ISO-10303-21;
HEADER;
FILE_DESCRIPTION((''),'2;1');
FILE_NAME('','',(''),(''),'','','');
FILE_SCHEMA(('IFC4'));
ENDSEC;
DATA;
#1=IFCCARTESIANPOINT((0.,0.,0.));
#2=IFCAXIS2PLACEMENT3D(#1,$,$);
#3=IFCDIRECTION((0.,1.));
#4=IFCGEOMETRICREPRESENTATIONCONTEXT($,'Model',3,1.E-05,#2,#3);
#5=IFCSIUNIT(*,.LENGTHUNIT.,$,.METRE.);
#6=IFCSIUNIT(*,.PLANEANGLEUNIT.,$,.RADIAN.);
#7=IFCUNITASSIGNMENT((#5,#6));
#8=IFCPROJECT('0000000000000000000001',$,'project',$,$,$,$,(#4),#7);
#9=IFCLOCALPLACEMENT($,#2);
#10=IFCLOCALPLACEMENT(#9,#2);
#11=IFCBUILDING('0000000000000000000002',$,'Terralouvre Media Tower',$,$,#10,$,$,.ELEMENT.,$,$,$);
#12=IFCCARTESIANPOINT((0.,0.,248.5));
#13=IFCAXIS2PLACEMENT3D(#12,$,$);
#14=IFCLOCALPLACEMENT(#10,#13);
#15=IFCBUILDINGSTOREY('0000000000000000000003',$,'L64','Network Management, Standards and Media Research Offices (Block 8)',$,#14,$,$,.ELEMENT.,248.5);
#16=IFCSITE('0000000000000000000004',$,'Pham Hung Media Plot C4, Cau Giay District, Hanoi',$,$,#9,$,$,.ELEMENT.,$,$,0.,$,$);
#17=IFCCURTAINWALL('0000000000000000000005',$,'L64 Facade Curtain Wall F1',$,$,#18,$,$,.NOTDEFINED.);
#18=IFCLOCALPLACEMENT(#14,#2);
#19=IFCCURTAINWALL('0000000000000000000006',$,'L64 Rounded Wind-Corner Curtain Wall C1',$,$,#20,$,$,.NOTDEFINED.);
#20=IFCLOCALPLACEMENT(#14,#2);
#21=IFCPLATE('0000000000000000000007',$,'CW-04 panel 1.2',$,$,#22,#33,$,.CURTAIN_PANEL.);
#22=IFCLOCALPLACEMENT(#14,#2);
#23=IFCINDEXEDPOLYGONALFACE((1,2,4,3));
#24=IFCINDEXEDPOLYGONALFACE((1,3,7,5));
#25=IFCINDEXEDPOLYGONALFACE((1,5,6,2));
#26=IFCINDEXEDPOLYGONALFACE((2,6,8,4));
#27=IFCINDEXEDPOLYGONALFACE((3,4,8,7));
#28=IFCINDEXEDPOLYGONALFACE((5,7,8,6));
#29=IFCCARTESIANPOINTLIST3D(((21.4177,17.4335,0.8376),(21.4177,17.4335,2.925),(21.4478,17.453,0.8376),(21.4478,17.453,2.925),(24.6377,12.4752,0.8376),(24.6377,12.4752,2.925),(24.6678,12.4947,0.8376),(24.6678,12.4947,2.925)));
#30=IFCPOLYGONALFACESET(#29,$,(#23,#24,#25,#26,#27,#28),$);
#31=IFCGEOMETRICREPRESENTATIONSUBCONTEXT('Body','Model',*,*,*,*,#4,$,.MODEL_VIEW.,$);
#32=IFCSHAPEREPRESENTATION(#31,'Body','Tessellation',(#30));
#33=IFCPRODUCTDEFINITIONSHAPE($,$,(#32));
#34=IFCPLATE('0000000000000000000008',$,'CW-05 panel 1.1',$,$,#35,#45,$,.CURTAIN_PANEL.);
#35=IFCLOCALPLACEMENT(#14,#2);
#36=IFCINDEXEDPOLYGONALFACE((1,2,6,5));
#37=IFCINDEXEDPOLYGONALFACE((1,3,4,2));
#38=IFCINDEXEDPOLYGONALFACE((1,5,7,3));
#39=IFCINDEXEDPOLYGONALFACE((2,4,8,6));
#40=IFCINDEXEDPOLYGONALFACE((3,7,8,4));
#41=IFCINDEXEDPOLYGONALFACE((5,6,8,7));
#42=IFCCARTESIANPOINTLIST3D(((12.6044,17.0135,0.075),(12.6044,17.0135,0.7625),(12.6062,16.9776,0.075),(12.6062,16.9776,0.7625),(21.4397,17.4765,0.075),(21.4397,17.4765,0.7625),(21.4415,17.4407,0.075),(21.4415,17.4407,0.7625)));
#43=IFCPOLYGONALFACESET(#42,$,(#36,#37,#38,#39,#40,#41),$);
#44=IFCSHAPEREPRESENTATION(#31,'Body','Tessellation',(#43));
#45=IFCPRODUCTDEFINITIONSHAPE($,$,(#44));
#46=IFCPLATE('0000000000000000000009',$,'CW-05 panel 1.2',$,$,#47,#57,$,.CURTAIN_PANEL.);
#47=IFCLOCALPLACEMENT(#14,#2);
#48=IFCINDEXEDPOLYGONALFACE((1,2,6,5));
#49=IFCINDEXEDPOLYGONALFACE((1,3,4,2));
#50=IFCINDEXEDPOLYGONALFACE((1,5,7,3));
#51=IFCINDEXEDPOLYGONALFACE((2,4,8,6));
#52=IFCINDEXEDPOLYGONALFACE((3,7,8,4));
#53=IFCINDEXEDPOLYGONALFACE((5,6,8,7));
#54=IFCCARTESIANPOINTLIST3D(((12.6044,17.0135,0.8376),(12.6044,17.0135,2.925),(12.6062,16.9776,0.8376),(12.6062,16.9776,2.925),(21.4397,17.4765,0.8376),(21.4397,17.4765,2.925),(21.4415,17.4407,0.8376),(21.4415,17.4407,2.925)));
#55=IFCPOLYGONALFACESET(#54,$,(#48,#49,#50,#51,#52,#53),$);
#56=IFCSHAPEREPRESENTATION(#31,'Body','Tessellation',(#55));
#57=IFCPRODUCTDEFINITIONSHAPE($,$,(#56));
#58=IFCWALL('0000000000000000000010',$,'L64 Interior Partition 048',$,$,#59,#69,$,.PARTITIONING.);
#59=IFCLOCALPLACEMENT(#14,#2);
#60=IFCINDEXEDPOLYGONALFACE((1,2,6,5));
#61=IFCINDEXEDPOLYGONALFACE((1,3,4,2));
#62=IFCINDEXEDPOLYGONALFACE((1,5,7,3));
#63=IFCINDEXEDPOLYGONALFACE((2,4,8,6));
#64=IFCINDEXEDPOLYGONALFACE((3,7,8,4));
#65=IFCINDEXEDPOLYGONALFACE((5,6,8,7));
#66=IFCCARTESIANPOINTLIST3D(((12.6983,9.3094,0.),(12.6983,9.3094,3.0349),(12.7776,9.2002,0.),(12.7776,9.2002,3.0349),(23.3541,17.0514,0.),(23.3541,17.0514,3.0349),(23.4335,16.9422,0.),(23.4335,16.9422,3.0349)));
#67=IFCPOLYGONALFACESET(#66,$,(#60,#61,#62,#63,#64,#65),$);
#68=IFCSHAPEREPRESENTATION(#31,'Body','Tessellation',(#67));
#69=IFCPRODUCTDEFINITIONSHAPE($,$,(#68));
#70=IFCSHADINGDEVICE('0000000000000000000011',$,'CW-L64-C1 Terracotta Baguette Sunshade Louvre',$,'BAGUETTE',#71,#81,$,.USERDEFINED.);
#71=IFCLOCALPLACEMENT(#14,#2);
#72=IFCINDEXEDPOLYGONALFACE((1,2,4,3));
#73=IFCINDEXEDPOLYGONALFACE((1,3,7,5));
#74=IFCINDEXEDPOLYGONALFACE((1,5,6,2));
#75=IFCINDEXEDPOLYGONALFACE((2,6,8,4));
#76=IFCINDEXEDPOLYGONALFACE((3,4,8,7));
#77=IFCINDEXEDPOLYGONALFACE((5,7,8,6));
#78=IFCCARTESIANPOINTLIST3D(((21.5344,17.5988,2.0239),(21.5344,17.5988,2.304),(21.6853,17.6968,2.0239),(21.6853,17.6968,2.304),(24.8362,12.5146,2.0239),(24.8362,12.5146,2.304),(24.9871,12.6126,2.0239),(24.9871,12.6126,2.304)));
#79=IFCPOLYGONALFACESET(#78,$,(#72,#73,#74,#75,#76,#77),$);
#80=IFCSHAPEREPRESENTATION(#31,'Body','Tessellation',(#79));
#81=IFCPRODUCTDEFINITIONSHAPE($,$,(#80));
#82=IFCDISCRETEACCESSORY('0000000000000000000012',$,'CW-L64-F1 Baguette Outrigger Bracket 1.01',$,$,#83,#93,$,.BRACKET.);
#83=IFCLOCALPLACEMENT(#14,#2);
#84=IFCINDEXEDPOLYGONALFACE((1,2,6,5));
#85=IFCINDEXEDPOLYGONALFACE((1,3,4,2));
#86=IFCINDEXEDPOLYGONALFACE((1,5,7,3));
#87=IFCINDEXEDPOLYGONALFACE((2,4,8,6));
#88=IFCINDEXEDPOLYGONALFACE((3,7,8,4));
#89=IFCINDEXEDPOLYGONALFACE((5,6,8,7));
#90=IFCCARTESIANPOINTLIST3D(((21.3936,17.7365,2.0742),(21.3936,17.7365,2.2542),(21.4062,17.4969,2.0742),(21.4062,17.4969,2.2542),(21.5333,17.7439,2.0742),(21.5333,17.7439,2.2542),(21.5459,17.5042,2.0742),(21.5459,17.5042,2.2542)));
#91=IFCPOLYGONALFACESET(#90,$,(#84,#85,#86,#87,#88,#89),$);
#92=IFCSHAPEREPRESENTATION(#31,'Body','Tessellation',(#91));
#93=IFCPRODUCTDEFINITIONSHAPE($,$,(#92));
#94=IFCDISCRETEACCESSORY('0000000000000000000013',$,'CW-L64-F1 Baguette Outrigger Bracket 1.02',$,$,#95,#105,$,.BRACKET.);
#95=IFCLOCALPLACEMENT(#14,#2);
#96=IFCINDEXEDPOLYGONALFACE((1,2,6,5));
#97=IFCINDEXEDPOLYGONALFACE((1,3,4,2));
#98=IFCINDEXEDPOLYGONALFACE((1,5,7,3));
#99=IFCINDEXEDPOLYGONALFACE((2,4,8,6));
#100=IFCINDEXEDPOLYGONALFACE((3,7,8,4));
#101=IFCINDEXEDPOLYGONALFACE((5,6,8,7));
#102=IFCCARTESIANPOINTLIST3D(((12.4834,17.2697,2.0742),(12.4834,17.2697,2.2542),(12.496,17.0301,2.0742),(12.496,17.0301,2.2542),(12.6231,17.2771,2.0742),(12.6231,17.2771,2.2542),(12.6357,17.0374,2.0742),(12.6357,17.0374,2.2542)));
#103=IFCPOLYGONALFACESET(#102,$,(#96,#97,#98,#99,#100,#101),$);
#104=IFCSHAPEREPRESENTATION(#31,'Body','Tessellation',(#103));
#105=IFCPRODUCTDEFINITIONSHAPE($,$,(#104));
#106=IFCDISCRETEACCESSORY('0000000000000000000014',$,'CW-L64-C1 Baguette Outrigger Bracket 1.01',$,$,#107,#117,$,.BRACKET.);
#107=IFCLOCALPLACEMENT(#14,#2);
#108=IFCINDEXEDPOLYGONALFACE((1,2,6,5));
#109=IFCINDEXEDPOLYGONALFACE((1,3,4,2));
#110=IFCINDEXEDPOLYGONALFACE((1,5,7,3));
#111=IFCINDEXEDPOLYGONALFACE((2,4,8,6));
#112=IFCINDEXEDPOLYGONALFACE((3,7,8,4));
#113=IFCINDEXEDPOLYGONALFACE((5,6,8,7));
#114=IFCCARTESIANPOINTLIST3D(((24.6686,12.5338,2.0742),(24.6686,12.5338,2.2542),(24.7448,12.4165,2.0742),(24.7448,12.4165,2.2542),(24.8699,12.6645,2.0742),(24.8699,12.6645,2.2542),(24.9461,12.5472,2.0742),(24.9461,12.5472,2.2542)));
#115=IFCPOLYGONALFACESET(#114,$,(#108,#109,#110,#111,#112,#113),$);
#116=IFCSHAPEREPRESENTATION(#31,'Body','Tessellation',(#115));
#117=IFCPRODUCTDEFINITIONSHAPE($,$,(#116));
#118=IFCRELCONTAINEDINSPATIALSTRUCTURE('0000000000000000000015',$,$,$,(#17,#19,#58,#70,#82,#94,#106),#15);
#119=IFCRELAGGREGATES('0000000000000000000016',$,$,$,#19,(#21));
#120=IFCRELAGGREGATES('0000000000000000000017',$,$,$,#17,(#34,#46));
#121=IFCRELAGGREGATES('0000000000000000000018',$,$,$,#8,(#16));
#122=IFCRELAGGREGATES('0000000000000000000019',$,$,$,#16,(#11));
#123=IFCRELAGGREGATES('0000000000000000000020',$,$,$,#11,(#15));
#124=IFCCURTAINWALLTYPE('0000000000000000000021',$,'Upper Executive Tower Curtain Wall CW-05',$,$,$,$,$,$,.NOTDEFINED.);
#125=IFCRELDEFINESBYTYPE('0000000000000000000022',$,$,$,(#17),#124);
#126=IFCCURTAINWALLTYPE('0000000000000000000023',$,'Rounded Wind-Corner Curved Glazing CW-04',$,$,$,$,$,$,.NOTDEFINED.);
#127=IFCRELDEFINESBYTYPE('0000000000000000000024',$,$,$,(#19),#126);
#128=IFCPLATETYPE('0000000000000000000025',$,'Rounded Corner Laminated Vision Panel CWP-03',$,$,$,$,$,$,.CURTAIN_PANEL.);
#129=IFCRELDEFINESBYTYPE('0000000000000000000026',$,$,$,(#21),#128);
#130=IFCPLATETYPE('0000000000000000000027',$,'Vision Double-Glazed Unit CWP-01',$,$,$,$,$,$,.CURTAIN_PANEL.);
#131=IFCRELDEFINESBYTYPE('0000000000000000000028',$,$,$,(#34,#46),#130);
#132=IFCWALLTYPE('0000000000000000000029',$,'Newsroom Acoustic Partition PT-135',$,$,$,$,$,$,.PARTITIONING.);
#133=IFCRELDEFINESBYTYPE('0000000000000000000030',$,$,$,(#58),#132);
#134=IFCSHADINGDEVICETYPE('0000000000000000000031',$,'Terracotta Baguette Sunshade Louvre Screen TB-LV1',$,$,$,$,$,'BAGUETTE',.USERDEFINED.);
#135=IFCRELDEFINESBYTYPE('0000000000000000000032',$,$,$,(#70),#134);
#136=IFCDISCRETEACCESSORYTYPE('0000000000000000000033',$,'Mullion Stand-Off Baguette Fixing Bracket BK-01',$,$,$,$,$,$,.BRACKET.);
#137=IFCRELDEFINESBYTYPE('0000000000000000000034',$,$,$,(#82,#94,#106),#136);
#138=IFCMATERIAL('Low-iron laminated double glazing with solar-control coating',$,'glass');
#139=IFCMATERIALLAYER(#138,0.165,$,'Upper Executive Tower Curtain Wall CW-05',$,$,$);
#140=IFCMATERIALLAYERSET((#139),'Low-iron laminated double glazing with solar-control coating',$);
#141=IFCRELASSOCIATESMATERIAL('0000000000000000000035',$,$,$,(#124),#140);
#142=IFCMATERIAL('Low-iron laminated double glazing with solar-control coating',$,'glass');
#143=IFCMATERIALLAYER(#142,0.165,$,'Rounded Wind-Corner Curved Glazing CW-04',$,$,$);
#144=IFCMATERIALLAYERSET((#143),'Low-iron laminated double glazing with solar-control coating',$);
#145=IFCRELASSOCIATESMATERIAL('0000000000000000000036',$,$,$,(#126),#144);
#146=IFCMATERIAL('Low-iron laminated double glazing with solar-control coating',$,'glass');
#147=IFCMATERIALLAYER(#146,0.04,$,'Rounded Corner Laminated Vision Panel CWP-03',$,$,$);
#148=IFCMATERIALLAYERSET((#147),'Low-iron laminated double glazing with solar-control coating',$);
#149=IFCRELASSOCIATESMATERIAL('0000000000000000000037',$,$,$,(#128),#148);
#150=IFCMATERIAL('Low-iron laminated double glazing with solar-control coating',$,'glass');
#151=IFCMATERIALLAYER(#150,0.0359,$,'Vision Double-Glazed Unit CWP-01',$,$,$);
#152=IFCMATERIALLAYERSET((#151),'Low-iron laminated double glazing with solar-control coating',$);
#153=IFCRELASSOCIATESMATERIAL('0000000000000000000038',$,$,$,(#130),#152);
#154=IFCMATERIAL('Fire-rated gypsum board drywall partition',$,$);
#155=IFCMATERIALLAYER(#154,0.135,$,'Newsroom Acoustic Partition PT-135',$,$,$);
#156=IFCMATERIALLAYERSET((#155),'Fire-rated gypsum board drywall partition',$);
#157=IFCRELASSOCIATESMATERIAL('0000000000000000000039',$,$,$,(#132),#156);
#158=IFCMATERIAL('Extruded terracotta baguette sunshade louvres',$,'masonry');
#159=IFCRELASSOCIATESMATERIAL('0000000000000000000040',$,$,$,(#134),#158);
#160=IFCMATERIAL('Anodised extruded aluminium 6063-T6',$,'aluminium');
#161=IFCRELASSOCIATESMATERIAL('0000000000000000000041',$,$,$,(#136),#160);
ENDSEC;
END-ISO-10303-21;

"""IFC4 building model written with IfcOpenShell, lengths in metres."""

from ifc_helpers import new_model, si_unit, direction, frame, frame_2d, origin, origin_2d, place, context, subcontext, project, spatial, rectangle, extrude, material, layer, layer_set, type_object, element, aggregate, save


model = new_model("IFC4")

# Units and contexts
model_context = context("Model", 3, precision=1e-05, world=origin(), true_north=direction((0.0, 1.0)))
body_context = subcontext(model_context, "Body", "Model", "MODEL_VIEW")
ifc_project = project(units=[si_unit("LENGTHUNIT", "METRE"), si_unit("PLANEANGLEUNIT", "RADIAN")], contexts=[model_context])

# Site, building, storey
site_placement = place(None, origin())
site = spatial("IfcSite", under=ifc_project, at=site_placement, Name="Pham Hung Media Plot C4, Cau Giay District, Hanoi", CompositionType="ELEMENT", RefElevation=0.0)
building_placement = place(site_placement, origin())
building = spatial("IfcBuilding", under=site, at=building_placement, Name="Terralouvre Media Tower", CompositionType="ELEMENT")
storey_placement = place(building_placement, frame((0.0, 0.0, 248.5)))
storey = spatial("IfcBuildingStorey", under=building, at=storey_placement, Name="L64", Description="Network Management, Standards and Media Research Offices (Block 8)", CompositionType="ELEMENT", Elevation=248.5)

# Curtain walls
ifc_material_1 = material(Name="Low-iron laminated double glazing with solar-control coating", Category="glass")
ifc_layer_1 = layer(ifc_material_1, 0.165, Name="Upper Executive Tower Curtain Wall CW-05")
ifc_layer_set_1 = layer_set([ifc_layer_1], Name="Low-iron laminated double glazing with solar-control coating")
curtain_wall_type_1 = type_object("IfcCurtainWallType", Name="Upper Executive Tower Curtain Wall CW-05", PredefinedType="NOTDEFINED", material=ifc_layer_set_1)
curtain_wall_1_placement = place(storey_placement, origin())
curtain_wall_1 = element("IfcCurtainWall", 1, at=curtain_wall_1_placement, inside=storey, type_object=curtain_wall_type_1, Name="L64 Facade Curtain Wall F1", PredefinedType="NOTDEFINED")
ifc_material_2 = material(Name="Low-iron laminated double glazing with solar-control coating", Category="glass")
ifc_layer_2 = layer(ifc_material_2, 0.165, Name="Rounded Wind-Corner Curved Glazing CW-04")
ifc_layer_set_2 = layer_set([ifc_layer_2], Name="Low-iron laminated double glazing with solar-control coating")
curtain_wall_type_2 = type_object("IfcCurtainWallType", Name="Rounded Wind-Corner Curved Glazing CW-04", PredefinedType="NOTDEFINED", material=ifc_layer_set_2)
curtain_wall_2_placement = place(storey_placement, origin())
curtain_wall_2 = element("IfcCurtainWall", 2, at=curtain_wall_2_placement, inside=storey, type_object=curtain_wall_type_2, Name="L64 Rounded Wind-Corner Curtain Wall C1", PredefinedType="NOTDEFINED")

# Plates
ifc_material_3 = material(Name="Low-iron laminated double glazing with solar-control coating", Category="glass")
ifc_layer_3 = layer(ifc_material_3, 0.04, Name="Rounded Corner Laminated Vision Panel CWP-03")
ifc_layer_set_3 = layer_set([ifc_layer_3], Name="Low-iron laminated double glazing with solar-control coating")
plate_type_1 = type_object("IfcPlateType", Name="Rounded Corner Laminated Vision Panel CWP-03", PredefinedType="CURTAIN_PANEL", material=ifc_layer_set_3)
plate_1_placement = place(storey_placement, frame((23.0427, 14.9641, 0.8376), z_axis=(0.0, 0.0, 1.0), x_axis=(-0.544639, 0.83867, 0.0)))
plate_1 = element("IfcPlate", 3, at=plate_1_placement, type_object=plate_type_1, Name="CW-04 panel 1.2", PredefinedType="CURTAIN_PANEL", context=body_context, shape_type="SweptSolid", body=[
    extrude(rectangle(XDim=5.9121, YDim=0.0359, at=origin_2d()), origin(), (0.0, 0.0, 1.0), 2.0874),
])
aggregate(curtain_wall_2, [plate_1])
ifc_material_4 = material(Name="Low-iron laminated double glazing with solar-control coating", Category="glass")
ifc_layer_4 = layer(ifc_material_4, 0.0359, Name="Vision Double-Glazed Unit CWP-01")
ifc_layer_set_4 = layer_set([ifc_layer_4], Name="Low-iron laminated double glazing with solar-control coating")
plate_type_2 = type_object("IfcPlateType", Name="Vision Double-Glazed Unit CWP-01", PredefinedType="CURTAIN_PANEL", material=ifc_layer_set_4)
plate_2_placement = place(storey_placement, frame((17.0229, 17.2271, 0.075), z_axis=(0.0, 0.0, 1.0), x_axis=(-0.99863, -0.052336, 0.0)))
plate_2 = element("IfcPlate", 4, at=plate_2_placement, type_object=plate_type_2, Name="CW-05 panel 1.1", PredefinedType="CURTAIN_PANEL", context=body_context, shape_type="SweptSolid", body=[
    extrude(rectangle(XDim=8.8474, YDim=0.0359, at=origin_2d()), origin(), (0.0, 0.0, 1.0), 0.6875),
])
plate_3_placement = place(storey_placement, frame((17.0229, 17.2271, 0.8376), z_axis=(0.0, 0.0, 1.0), x_axis=(-0.99863, -0.052336, 0.0)))
plate_3 = element("IfcPlate", 5, at=plate_3_placement, type_object=plate_type_2, Name="CW-05 panel 1.2", PredefinedType="CURTAIN_PANEL", context=body_context, shape_type="SweptSolid", body=[
    extrude(rectangle(XDim=8.8474, YDim=0.0359, at=origin_2d()), origin(), (0.0, 0.0, 1.0), 2.0874),
])
aggregate(curtain_wall_1, [plate_2, plate_3])

# Wall
ifc_material_5 = material(Name="Fire-rated gypsum board drywall partition")
ifc_layer_5 = layer(ifc_material_5, 0.135, Name="Newsroom Acoustic Partition PT-135")
ifc_layer_set_5 = layer_set([ifc_layer_5], Name="Fire-rated gypsum board drywall partition")
wall_type = type_object("IfcWallType", Name="Newsroom Acoustic Partition PT-135", PredefinedType="PARTITIONING", material=ifc_layer_set_5)
wall_placement = place(storey_placement, frame((23.3938, 16.9968, 0.0), z_axis=(0.0, 0.0, 1.0), x_axis=(-0.809014, -0.587789, 0.0)))
element("IfcWall", 6, at=wall_placement, inside=storey, type_object=wall_type, Name="L64 Interior Partition 048", PredefinedType="PARTITIONING", context=body_context, shape_type="SweptSolid", body=[
    extrude(rectangle(XDim=13.1714, YDim=0.135, at=frame_2d((6.5857, 0.0))), origin(), (0.0, 0.0, 1.0), 3.0349),
])

# Shading device
ifc_material_6 = material(Name="Extruded terracotta baguette sunshade louvres", Category="masonry")
shading_device_type = type_object("IfcShadingDeviceType", Name="Terracotta Baguette Sunshade Louvre Screen TB-LV1", ElementType="BAGUETTE", PredefinedType="USERDEFINED", material=ifc_material_6)
shading_device_placement = place(storey_placement, frame((23.2607, 15.1057, 2.0239), z_axis=(0.0, 0.0, 1.0), x_axis=(-0.544639, 0.83867, 0.0)))
element("IfcShadingDevice", 7, at=shading_device_placement, inside=storey, type_object=shading_device_type, Name="CW-L64-C1 Terracotta Baguette Sunshade Louvre", ObjectType="BAGUETTE", PredefinedType="USERDEFINED", context=body_context, shape_type="SweptSolid", body=[
    extrude(rectangle(XDim=6.0623, YDim=0.1799, at=origin_2d()), origin(), (0.0, 0.0, 1.0), 0.28),
])

# Discrete accessories
ifc_material_7 = material(Name="Anodised extruded aluminium 6063-T6", Category="aluminium")
discrete_accessory_type = type_object("IfcDiscreteAccessoryType", Name="Mullion Stand-Off Baguette Fixing Bracket BK-01", PredefinedType="BRACKET", material=ifc_material_7)
for number, where, z_axis, x_axis, name in (
    (8, (21.4697, 17.6204, 2.0742), (0.0, 0.0, 1.0), (-0.99863, -0.052336, 0.0), "CW-L64-F1 Baguette Outrigger Bracket 1.01"),
    (9, (12.5596, 17.1536, 2.0742), (0.0, 0.0, 1.0), (-0.99863, -0.052336, 0.0), "CW-L64-F1 Baguette Outrigger Bracket 1.02"),
    (10, (24.8074, 12.5405, 2.0742), (0.0, 0.0, 1.0), (-0.544639, 0.83867, 0.0), "CW-L64-C1 Baguette Outrigger Bracket 1.01"),
):
    element("IfcDiscreteAccessory", number, at=place(storey_placement, frame(where, z_axis=z_axis, x_axis=x_axis)), inside=storey, type_object=discrete_accessory_type, Name=name, PredefinedType="BRACKET", context=body_context, shape_type="SweptSolid", body=[
        extrude(rectangle(XDim=0.1399, YDim=0.24, at=origin_2d()), origin(), (0.0, 0.0, 1.0), 0.1799),
    ])

save(model, "model.ifc")
